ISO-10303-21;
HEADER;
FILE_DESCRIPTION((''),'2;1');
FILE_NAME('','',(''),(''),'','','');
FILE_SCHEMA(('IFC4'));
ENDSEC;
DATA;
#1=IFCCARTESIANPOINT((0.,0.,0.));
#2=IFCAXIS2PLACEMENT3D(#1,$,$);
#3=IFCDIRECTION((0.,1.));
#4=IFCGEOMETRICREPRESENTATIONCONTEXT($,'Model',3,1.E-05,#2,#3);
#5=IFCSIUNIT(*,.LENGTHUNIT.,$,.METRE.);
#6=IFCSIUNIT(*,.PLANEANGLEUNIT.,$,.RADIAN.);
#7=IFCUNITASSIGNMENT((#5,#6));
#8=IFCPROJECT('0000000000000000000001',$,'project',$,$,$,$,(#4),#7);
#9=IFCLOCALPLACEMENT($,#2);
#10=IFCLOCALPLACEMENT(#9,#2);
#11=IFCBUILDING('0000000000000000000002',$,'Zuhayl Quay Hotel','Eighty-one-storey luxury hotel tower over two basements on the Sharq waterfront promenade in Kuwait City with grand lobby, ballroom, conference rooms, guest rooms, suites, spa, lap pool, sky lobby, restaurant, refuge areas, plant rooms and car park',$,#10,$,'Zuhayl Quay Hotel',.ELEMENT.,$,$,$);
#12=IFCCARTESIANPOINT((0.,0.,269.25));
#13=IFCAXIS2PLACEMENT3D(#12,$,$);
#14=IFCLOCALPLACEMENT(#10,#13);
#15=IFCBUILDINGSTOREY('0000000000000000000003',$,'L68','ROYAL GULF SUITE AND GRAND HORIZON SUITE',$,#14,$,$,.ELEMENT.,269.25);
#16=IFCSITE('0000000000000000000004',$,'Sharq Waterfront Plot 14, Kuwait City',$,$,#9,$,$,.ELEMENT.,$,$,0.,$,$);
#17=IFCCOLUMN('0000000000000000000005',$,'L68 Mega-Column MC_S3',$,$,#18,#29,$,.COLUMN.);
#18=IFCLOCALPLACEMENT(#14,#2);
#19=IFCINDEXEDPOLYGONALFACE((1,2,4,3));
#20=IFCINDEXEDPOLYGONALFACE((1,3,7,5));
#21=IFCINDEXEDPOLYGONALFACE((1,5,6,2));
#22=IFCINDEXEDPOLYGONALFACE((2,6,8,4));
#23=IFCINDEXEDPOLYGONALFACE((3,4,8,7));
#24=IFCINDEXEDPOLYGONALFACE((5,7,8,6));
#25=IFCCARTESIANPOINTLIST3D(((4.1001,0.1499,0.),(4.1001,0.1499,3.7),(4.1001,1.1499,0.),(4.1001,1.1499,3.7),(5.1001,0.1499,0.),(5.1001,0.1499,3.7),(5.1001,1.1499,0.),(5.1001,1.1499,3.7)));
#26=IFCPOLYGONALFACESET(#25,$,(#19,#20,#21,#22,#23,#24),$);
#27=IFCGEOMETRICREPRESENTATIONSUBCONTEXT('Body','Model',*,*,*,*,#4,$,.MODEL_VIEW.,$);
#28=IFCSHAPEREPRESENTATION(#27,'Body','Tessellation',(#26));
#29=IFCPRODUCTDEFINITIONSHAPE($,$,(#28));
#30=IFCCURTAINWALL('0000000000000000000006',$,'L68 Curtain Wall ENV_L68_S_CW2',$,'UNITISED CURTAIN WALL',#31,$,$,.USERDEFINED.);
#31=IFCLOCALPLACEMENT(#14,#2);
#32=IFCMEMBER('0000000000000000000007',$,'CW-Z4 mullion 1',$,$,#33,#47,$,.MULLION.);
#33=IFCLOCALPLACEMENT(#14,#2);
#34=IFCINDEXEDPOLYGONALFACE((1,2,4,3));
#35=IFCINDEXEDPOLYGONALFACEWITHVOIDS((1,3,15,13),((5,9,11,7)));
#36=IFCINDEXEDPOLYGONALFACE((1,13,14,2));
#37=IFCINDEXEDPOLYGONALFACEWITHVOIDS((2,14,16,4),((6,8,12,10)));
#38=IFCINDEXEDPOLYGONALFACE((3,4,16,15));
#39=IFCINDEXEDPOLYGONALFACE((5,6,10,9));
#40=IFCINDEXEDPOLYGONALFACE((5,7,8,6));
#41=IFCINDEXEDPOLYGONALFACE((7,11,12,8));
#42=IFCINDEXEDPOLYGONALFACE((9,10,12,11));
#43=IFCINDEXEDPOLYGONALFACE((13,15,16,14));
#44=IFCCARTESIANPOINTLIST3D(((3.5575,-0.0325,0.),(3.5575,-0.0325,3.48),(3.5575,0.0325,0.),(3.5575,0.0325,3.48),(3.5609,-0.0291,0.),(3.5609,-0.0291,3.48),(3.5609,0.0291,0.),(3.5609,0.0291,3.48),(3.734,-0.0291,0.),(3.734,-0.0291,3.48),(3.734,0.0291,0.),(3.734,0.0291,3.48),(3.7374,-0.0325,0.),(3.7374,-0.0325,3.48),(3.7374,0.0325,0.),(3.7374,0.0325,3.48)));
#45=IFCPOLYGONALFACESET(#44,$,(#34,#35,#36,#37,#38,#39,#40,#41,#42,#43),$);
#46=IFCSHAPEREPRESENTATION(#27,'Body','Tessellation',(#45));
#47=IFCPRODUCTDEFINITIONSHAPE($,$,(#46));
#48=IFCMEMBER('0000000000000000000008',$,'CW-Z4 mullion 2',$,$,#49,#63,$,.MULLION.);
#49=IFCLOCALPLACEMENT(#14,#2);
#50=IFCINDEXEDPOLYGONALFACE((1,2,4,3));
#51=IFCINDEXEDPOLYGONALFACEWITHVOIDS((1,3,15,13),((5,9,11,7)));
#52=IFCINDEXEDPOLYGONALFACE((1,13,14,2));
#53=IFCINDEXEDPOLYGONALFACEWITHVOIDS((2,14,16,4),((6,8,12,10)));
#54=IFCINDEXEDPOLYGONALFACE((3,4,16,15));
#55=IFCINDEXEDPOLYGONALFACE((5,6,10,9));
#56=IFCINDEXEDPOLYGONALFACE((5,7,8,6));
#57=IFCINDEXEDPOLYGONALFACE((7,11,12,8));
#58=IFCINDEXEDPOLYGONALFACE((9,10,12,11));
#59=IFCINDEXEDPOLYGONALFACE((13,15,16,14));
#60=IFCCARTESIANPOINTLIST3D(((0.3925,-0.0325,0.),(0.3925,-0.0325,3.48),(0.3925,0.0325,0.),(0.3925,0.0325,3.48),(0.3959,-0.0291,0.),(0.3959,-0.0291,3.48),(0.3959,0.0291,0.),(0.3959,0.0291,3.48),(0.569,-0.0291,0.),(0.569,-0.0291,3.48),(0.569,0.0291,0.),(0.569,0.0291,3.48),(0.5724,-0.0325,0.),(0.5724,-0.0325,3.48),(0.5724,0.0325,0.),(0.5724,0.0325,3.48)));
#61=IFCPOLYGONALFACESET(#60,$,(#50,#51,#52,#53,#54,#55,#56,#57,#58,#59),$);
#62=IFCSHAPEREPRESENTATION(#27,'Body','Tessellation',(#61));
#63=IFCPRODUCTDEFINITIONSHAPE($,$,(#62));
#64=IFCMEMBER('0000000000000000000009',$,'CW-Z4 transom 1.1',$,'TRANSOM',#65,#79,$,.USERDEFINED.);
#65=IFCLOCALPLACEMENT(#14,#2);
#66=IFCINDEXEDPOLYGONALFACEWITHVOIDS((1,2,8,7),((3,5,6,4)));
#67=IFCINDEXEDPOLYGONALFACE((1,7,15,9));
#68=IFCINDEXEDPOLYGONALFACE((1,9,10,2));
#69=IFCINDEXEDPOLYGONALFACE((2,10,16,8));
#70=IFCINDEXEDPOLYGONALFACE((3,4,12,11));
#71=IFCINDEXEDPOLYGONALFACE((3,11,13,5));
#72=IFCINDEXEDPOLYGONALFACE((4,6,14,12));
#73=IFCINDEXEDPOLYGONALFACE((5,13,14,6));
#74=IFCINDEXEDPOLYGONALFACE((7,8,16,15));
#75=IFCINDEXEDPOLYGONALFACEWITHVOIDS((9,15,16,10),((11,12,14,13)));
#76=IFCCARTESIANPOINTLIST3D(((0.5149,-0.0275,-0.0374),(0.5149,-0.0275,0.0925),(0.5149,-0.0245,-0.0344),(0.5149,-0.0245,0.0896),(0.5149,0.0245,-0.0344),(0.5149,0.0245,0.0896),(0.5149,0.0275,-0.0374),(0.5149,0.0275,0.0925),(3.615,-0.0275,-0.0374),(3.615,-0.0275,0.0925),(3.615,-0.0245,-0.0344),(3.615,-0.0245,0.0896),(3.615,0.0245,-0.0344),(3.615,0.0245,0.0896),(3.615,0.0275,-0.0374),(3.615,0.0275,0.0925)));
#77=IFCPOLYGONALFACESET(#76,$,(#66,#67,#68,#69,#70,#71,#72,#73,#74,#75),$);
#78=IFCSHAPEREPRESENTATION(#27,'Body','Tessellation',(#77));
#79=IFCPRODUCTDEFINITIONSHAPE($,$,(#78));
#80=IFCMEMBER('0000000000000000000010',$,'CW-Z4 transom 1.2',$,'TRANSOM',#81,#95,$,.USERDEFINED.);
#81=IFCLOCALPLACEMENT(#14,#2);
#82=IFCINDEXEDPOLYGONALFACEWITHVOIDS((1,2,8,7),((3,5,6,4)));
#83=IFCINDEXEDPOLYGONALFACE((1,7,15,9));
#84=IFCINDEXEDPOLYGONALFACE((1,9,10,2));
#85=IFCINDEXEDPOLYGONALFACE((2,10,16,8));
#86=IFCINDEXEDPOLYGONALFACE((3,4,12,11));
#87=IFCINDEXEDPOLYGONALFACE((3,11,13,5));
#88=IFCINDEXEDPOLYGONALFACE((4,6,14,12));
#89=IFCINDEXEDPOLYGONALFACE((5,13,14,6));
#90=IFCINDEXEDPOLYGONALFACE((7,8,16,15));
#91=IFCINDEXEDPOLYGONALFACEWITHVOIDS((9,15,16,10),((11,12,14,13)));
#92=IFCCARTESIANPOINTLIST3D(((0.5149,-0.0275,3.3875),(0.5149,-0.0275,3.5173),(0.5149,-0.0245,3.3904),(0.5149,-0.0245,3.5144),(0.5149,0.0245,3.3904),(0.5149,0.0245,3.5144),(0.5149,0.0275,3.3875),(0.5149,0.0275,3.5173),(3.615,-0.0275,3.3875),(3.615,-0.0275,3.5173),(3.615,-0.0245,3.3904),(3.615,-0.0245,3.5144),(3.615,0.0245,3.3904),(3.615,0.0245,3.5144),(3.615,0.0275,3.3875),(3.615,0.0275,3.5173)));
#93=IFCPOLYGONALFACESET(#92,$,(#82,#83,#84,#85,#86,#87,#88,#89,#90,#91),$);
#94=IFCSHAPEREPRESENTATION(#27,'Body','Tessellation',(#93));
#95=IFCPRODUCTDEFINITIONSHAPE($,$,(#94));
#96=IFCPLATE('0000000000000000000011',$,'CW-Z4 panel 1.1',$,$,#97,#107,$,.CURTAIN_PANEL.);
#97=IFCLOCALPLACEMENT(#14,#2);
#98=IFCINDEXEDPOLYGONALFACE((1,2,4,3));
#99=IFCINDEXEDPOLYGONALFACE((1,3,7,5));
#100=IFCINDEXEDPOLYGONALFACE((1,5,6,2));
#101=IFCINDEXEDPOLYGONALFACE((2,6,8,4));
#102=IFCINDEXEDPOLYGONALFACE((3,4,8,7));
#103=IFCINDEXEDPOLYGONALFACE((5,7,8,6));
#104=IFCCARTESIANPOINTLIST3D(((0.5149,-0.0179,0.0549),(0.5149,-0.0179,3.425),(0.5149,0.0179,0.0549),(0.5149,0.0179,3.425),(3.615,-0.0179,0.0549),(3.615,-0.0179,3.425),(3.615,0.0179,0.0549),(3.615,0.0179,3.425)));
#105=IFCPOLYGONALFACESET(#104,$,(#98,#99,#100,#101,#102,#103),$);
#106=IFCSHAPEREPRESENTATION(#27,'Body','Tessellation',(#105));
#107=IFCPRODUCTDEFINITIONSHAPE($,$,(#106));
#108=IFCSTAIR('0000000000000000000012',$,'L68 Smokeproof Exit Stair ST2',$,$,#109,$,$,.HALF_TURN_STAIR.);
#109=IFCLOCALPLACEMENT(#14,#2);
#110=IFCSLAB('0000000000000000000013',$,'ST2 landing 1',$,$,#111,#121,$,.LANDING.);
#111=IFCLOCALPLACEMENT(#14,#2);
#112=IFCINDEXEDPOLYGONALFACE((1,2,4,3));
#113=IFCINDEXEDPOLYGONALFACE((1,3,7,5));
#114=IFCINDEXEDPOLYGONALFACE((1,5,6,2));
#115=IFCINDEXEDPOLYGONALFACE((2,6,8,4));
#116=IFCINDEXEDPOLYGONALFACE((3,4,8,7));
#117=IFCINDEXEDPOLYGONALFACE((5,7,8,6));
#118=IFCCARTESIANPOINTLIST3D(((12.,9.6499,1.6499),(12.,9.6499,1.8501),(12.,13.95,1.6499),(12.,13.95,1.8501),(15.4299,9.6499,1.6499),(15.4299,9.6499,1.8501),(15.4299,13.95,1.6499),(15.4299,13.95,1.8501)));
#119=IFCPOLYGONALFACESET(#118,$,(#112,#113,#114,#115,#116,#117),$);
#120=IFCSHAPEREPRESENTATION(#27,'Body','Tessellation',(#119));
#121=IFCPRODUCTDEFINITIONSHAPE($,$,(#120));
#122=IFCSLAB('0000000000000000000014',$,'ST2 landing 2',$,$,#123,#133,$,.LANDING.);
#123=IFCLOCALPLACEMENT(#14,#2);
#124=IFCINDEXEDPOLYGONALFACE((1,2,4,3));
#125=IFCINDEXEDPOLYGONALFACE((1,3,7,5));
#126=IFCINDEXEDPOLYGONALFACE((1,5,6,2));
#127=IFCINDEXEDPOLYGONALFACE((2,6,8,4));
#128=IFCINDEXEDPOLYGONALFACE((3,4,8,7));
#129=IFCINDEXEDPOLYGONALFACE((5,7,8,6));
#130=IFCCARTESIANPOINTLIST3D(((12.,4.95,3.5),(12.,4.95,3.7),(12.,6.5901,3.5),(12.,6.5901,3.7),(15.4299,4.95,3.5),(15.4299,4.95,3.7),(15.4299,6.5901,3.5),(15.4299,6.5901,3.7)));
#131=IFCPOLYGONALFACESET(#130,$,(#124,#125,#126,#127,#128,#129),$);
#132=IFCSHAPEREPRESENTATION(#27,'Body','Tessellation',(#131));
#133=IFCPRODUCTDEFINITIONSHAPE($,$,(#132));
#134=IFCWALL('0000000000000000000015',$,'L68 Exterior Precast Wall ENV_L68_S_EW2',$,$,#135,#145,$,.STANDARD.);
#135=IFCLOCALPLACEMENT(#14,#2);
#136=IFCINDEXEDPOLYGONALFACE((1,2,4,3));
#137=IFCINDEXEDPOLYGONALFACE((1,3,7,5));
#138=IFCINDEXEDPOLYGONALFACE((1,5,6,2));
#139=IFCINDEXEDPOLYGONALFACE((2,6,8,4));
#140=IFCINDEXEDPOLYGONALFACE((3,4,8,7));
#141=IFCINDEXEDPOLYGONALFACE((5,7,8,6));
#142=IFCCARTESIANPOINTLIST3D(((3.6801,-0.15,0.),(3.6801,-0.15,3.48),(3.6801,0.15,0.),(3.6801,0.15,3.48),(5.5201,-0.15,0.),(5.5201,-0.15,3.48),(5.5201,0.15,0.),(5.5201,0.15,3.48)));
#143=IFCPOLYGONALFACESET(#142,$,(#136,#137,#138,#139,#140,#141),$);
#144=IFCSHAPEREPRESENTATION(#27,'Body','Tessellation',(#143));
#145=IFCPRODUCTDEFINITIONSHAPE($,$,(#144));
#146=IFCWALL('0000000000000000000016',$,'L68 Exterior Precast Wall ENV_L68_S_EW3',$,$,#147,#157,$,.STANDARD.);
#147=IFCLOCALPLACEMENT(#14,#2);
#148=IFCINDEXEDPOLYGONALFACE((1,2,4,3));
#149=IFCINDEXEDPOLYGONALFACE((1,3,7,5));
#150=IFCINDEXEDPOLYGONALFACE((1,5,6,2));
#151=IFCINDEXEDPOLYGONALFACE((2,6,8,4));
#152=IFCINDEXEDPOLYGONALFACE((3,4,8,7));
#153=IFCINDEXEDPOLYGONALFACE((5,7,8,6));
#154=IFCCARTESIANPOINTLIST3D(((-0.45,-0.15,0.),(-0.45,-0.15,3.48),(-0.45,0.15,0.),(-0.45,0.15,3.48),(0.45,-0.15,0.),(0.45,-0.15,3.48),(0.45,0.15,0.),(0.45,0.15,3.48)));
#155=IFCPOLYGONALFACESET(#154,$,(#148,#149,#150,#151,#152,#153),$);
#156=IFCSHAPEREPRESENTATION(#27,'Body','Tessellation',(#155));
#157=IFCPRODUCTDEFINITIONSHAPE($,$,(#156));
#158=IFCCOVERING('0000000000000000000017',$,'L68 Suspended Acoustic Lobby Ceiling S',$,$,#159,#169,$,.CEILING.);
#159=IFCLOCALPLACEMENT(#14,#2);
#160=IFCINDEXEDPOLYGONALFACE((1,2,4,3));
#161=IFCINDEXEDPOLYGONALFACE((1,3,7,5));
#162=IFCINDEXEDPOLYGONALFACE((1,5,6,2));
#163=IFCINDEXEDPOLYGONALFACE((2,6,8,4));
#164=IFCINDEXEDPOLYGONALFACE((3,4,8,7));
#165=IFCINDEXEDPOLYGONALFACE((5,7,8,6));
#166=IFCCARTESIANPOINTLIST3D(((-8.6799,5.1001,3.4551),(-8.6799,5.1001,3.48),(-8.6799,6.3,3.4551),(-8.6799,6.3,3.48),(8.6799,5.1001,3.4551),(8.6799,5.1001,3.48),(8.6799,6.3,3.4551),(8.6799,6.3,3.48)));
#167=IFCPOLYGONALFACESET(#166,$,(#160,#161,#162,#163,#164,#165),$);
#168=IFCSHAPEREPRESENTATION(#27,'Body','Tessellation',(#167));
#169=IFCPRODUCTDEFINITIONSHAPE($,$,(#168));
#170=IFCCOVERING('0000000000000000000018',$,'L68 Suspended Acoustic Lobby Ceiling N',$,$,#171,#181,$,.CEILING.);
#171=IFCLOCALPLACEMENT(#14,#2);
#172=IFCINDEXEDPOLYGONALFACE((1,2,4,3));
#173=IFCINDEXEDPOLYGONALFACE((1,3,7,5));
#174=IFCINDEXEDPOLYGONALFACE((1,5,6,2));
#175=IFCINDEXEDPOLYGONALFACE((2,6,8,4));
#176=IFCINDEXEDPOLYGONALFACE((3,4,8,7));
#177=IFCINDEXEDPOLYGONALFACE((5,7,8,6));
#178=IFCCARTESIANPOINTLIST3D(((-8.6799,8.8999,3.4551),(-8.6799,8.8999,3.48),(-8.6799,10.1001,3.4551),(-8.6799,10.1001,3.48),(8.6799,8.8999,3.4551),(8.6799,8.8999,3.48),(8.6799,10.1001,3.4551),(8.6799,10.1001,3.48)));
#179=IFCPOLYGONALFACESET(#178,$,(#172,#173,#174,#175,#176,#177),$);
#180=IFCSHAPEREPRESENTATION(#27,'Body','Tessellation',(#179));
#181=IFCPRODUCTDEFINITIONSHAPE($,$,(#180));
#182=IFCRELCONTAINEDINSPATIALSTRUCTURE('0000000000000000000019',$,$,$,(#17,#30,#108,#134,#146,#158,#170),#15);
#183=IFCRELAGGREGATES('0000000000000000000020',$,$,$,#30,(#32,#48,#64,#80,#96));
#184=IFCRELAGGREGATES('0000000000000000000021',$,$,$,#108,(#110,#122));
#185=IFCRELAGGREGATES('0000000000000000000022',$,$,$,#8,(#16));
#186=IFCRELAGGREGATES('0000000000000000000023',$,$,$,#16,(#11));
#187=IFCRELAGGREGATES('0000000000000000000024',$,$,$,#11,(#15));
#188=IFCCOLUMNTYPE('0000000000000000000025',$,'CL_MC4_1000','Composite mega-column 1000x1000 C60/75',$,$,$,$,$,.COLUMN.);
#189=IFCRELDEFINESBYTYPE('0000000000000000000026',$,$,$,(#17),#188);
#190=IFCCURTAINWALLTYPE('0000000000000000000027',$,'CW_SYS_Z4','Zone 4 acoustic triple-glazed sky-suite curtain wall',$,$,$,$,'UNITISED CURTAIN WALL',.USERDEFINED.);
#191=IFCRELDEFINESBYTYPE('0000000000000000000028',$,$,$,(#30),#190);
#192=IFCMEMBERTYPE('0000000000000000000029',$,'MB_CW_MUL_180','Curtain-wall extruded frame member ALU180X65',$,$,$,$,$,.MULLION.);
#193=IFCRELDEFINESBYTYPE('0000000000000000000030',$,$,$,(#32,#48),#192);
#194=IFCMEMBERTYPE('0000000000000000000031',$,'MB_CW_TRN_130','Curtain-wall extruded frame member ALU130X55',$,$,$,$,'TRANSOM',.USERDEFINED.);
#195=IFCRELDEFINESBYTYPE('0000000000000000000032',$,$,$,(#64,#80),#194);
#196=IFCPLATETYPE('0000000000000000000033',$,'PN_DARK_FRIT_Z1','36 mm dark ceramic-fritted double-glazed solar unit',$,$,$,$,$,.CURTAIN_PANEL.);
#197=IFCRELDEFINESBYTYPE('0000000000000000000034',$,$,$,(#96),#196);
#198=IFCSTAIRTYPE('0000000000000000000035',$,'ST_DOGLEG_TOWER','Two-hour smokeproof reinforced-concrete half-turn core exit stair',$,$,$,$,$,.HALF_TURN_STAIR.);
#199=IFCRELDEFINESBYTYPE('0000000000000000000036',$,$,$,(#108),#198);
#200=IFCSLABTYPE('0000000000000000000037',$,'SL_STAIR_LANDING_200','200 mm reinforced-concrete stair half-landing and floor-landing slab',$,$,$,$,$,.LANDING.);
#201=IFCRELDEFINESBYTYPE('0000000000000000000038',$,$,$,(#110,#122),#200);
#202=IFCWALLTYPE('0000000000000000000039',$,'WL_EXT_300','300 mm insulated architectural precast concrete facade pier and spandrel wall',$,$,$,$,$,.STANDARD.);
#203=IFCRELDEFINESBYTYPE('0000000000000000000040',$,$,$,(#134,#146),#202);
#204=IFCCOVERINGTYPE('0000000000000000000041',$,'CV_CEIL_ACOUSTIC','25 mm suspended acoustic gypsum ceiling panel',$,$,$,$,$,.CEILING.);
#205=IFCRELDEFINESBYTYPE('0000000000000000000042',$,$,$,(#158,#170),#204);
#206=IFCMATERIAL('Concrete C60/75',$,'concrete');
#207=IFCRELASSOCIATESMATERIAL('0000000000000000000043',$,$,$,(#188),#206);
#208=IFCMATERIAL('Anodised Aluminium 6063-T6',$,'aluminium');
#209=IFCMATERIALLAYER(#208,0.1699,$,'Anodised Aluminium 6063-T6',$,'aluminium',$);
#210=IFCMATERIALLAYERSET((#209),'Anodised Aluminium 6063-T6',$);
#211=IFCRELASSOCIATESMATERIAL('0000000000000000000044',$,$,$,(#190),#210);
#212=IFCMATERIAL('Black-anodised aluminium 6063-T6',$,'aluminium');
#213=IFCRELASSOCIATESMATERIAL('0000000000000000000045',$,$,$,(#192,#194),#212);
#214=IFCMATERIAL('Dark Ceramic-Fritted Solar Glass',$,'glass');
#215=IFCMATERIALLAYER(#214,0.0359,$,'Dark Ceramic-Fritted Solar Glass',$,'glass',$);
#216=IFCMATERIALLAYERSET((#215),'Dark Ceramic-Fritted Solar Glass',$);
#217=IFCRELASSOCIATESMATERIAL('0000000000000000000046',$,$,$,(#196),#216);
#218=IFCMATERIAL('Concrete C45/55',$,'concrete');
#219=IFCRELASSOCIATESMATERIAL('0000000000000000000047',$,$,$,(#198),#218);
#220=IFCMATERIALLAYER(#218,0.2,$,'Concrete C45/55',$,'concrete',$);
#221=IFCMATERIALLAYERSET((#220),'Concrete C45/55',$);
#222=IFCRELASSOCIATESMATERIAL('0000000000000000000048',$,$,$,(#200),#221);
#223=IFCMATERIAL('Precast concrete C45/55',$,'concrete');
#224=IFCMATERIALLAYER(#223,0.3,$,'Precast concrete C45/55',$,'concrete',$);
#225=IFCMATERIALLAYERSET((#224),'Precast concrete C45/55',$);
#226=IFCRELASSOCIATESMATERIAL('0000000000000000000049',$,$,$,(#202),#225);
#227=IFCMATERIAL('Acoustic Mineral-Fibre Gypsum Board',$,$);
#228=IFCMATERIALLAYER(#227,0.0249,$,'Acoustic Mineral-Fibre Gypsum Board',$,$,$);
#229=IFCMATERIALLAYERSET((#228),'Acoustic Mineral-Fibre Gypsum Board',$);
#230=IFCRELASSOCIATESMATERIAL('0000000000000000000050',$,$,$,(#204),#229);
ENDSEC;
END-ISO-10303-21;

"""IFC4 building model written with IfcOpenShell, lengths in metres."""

from ifc_helpers import new_model, si_unit, direction, frame, frame_2d, origin, origin_2d, place, context, subcontext, project, spatial, polyline, rectangle, hollow_rectangle, outline, extrude, material, layer, layer_set, material_profile, profile_set, type_object, element, aggregate, save


model = new_model("IFC4")

# Units and contexts
model_context = context("Model", 3, precision=1e-05, world=origin(), true_north=direction((0.0, 1.0)))
body_context = subcontext(model_context, "Body", "Model", "MODEL_VIEW")
ifc_project = project(units=[si_unit("LENGTHUNIT", "METRE"), si_unit("PLANEANGLEUNIT", "RADIAN")], contexts=[model_context])

# Site, building, storey
site_placement = place(None, origin())
site = spatial("IfcSite", under=ifc_project, at=site_placement, Name="Sharq Waterfront Plot 14, Kuwait City", CompositionType="ELEMENT", RefElevation=0.0)
building_placement = place(site_placement, origin())
building = spatial("IfcBuilding", under=site, at=building_placement, Name="Zuhayl Quay Hotel", Description="Eighty-one-storey luxury hotel tower over two basements on the Sharq waterfront promenade in Kuwait City with grand lobby, ballroom, conference rooms, guest rooms, suites, spa, lap pool, sky lobby, restaurant, refuge areas, plant rooms and car park", LongName="Zuhayl Quay Hotel", CompositionType="ELEMENT")
storey_placement = place(building_placement, frame((0.0, 0.0, 269.25)))
storey = spatial("IfcBuildingStorey", under=building, at=storey_placement, Name="L68", Description="ROYAL GULF SUITE AND GRAND HORIZON SUITE", CompositionType="ELEMENT", Elevation=269.25)

# Column
ifc_material_1 = material(Name="Concrete C60/75", Category="concrete")
ifc_material_profile_1 = material_profile(ifc_material_1, rectangle(XDim=1.0, YDim=1.0, at=origin_2d()), Name="RC1000X1000")
ifc_profile_set_1 = profile_set([ifc_material_profile_1], Name="Concrete C60/75")
column_type = type_object("IfcColumnType", Name="CL_MC4_1000", Description="Composite mega-column 1000x1000 C60/75", PredefinedType="COLUMN", material=ifc_profile_set_1)
column_placement = place(storey_placement, frame((4.6001, 0.6499, 0.0), z_axis=(0.0, 0.0, 1.0), x_axis=(1.0, 0.0, 0.0)))
element("IfcColumn", 1, at=column_placement, inside=storey, type_object=column_type, Name="L68 Mega-Column MC_S3", PredefinedType="COLUMN", context=body_context, shape_type="SweptSolid", body=[
    extrude(rectangle(XDim=1.0, YDim=1.0, at=origin_2d()), origin(), (0.0, 0.0, 1.0), 3.7),
])

# Curtain wall, members, plate
ifc_material_2 = material(Name="Anodised Aluminium 6063-T6", Category="aluminium")
ifc_layer_1 = layer(ifc_material_2, 0.1699, Name="Anodised Aluminium 6063-T6", Category="aluminium")
ifc_layer_set_1 = layer_set([ifc_layer_1], Name="Anodised Aluminium 6063-T6")
curtain_wall_type = type_object("IfcCurtainWallType", Name="CW_SYS_Z4", Description="Zone 4 acoustic triple-glazed sky-suite curtain wall", ElementType="UNITISED CURTAIN WALL", PredefinedType="USERDEFINED", material=ifc_layer_set_1)
curtain_wall_placement = place(storey_placement, origin())
curtain_wall = element("IfcCurtainWall", 2, at=curtain_wall_placement, inside=storey, type_object=curtain_wall_type, Name="L68 Curtain Wall ENV_L68_S_CW2", ObjectType="UNITISED CURTAIN WALL", PredefinedType="USERDEFINED")
ifc_material_3 = material(Name="Black-anodised aluminium 6063-T6", Category="aluminium")
ifc_material_profile_2 = material_profile(ifc_material_3, hollow_rectangle(XDim=0.0649, YDim=0.1799, WallThickness=0.0034, at=origin_2d()), Name="ALU180X65")
ifc_profile_set_2 = profile_set([ifc_material_profile_2], Name="Black-anodised aluminium 6063-T6")
member_type_1 = type_object("IfcMemberType", Name="MB_CW_MUL_180", Description="Curtain-wall extruded frame member ALU180X65", PredefinedType="MULLION", material=ifc_profile_set_2)
member_1_placement = place(storey_placement, frame((3.6475, 0.0, 0.0), z_axis=(0.0, 0.0, 1.0), x_axis=(0.0, -1.0, 0.0)))
member_1 = element("IfcMember", 3, at=member_1_placement, type_object=member_type_1, Name="CW-Z4 mullion 1", PredefinedType="MULLION", context=body_context, shape_type="SweptSolid", body=[
    extrude(hollow_rectangle(XDim=0.0649, YDim=0.1799, WallThickness=0.0034, at=origin_2d()), origin(), (0.0, 0.0, 1.0), 3.48),
])
member_2_placement = place(storey_placement, frame((0.4824, 0.0, 0.0), z_axis=(0.0, 0.0, 1.0), x_axis=(0.0, -1.0, 0.0)))
member_2 = element("IfcMember", 4, at=member_2_placement, type_object=member_type_1, Name="CW-Z4 mullion 2", PredefinedType="MULLION", context=body_context, shape_type="SweptSolid", body=[
    extrude(hollow_rectangle(XDim=0.0649, YDim=0.1799, WallThickness=0.0034, at=origin_2d()), origin(), (0.0, 0.0, 1.0), 3.48),
])
ifc_material_profile_3 = material_profile(ifc_material_3, hollow_rectangle(XDim=0.0549, YDim=0.1299, WallThickness=0.0029, at=origin_2d()), Name="ALU130X55")
ifc_profile_set_3 = profile_set([ifc_material_profile_3], Name="Black-anodised aluminium 6063-T6")
member_type_2 = type_object("IfcMemberType", Name="MB_CW_TRN_130", Description="Curtain-wall extruded frame member ALU130X55", ElementType="TRANSOM", PredefinedType="USERDEFINED", material=ifc_profile_set_3)
member_3_placement = place(storey_placement, frame((3.615, 0.0, 0.0276), z_axis=(-1.0, 0.0, 0.0), x_axis=(0.0, -1.0, 0.0)))
member_3 = element("IfcMember", 5, at=member_3_placement, type_object=member_type_2, Name="CW-Z4 transom 1.1", ObjectType="TRANSOM", PredefinedType="USERDEFINED", context=body_context, shape_type="SweptSolid", body=[
    extrude(hollow_rectangle(XDim=0.0549, YDim=0.1299, WallThickness=0.0029, at=origin_2d()), origin(), (0.0, 0.0, 1.0), 3.1001),
])
member_4_placement = place(storey_placement, frame((3.615, 0.0, 3.4524), z_axis=(-1.0, 0.0, 0.0), x_axis=(0.0, -1.0, 0.0)))
member_4 = element("IfcMember", 6, at=member_4_placement, type_object=member_type_2, Name="CW-Z4 transom 1.2", ObjectType="TRANSOM", PredefinedType="USERDEFINED", context=body_context, shape_type="SweptSolid", body=[
    extrude(hollow_rectangle(XDim=0.0549, YDim=0.1299, WallThickness=0.0029, at=origin_2d()), origin(), (0.0, 0.0, 1.0), 3.1001),
])
ifc_material_4 = material(Name="Dark Ceramic-Fritted Solar Glass", Category="glass")
ifc_layer_2 = layer(ifc_material_4, 0.0359, Name="Dark Ceramic-Fritted Solar Glass", Category="glass")
ifc_layer_set_2 = layer_set([ifc_layer_2], Name="Dark Ceramic-Fritted Solar Glass")
plate_type = type_object("IfcPlateType", Name="PN_DARK_FRIT_Z1", Description="36 mm dark ceramic-fritted double-glazed solar unit", PredefinedType="CURTAIN_PANEL", material=ifc_layer_set_2)
plate_placement = place(storey_placement, frame((2.0649, 0.0, 0.0549), z_axis=(0.0, 0.0, 1.0), x_axis=(-1.0, 0.0, 0.0)))
plate = element("IfcPlate", 7, at=plate_placement, type_object=plate_type, Name="CW-Z4 panel 1.1", PredefinedType="CURTAIN_PANEL", context=body_context, shape_type="SweptSolid", body=[
    extrude(rectangle(XDim=3.1001, YDim=0.0359, at=origin_2d()), origin(), (0.0, 0.0, 1.0), 3.3701),
])
aggregate(curtain_wall, [member_1, member_2, member_3, member_4, plate])

# Stair, slabs
ifc_material_5 = material(Name="Concrete C45/55", Category="concrete")
stair_type = type_object("IfcStairType", Name="ST_DOGLEG_TOWER", Description="Two-hour smokeproof reinforced-concrete half-turn core exit stair", PredefinedType="HALF_TURN_STAIR", material=ifc_material_5)
stair_placement = place(storey_placement, origin())
stair = element("IfcStair", 8, at=stair_placement, inside=storey, type_object=stair_type, Name="L68 Smokeproof Exit Stair ST2", PredefinedType="HALF_TURN_STAIR")
ifc_layer_3 = layer(ifc_material_5, 0.2, Name="Concrete C45/55", Category="concrete")
ifc_layer_set_3 = layer_set([ifc_layer_3], Name="Concrete C45/55")
slab_type = type_object("IfcSlabType", Name="SL_STAIR_LANDING_200", Description="200 mm reinforced-concrete stair half-landing and floor-landing slab", PredefinedType="LANDING", material=ifc_layer_set_3)
slab_1_placement = place(storey_placement, frame((0.0, 0.0, 1.6499)))
slab_1 = element("IfcSlab", 9, at=slab_1_placement, type_object=slab_type, Name="ST2 landing 1", PredefinedType="LANDING", context=body_context, shape_type="SweptSolid", body=[
    extrude(outline(polyline([(15.4299, 9.6499), (15.4299, 13.95), (12.0, 13.95), (12.0, 9.6499), (15.4299, 9.6499)])), origin(), (0.0, 0.0, 1.0), 0.2002),
])
slab_2_placement = place(storey_placement, frame((0.0, 0.0, 3.5)))
slab_2 = element("IfcSlab", 10, at=slab_2_placement, type_object=slab_type, Name="ST2 landing 2", PredefinedType="LANDING", context=body_context, shape_type="SweptSolid", body=[
    extrude(outline(polyline([(15.4299, 4.95), (15.4299, 6.5901), (12.0, 6.5901), (12.0, 4.95), (15.4299, 4.95)])), origin(), (0.0, 0.0, 1.0), 0.2),
])
aggregate(stair, [slab_1, slab_2])

# Walls
ifc_material_6 = material(Name="Precast concrete C45/55", Category="concrete")
ifc_layer_4 = layer(ifc_material_6, 0.3, Name="Precast concrete C45/55", Category="concrete")
ifc_layer_set_4 = layer_set([ifc_layer_4], Name="Precast concrete C45/55")
wall_type = type_object("IfcWallType", Name="WL_EXT_300", Description="300 mm insulated architectural precast concrete facade pier and spandrel wall", PredefinedType="STANDARD", material=ifc_layer_set_4)
wall_1_placement = place(storey_placement, frame((5.52, 0.0, 0.0), z_axis=(0.0, 0.0, 1.0), x_axis=(-1.0, 0.0, 0.0)))
element("IfcWall", 11, at=wall_1_placement, inside=storey, type_object=wall_type, Name="L68 Exterior Precast Wall ENV_L68_S_EW2", PredefinedType="STANDARD", context=body_context, shape_type="SweptSolid", body=[
    extrude(rectangle(XDim=1.8401, YDim=0.3, at=frame_2d((0.9199, 0.0))), origin(), (0.0, 0.0, 1.0), 3.48),
])
wall_2_placement = place(storey_placement, frame((0.45, 0.0, 0.0), z_axis=(0.0, 0.0, 1.0), x_axis=(-1.0, 0.0, 0.0)))
element("IfcWall", 12, at=wall_2_placement, inside=storey, type_object=wall_type, Name="L68 Exterior Precast Wall ENV_L68_S_EW3", PredefinedType="STANDARD", context=body_context, shape_type="SweptSolid", body=[
    extrude(rectangle(XDim=0.8999, YDim=0.3, at=frame_2d((0.45, 0.0))), origin(), (0.0, 0.0, 1.0), 3.48),
])

# Coverings
ifc_material_7 = material(Name="Acoustic Mineral-Fibre Gypsum Board")
ifc_layer_5 = layer(ifc_material_7, 0.0249, Name="Acoustic Mineral-Fibre Gypsum Board")
ifc_layer_set_5 = layer_set([ifc_layer_5], Name="Acoustic Mineral-Fibre Gypsum Board")
covering_type_1 = type_object("IfcCoveringType", Name="CV_CEIL_ACOUSTIC", Description="25 mm suspended acoustic gypsum ceiling panel", PredefinedType="CEILING", material=ifc_layer_set_5)
covering_1_placement = place(storey_placement, frame((0.0, 0.0, 3.4551)))
element("IfcCovering", 13, at=covering_1_placement, inside=storey, type_object=covering_type_1, Name="L68 Suspended Acoustic Lobby Ceiling S", PredefinedType="CEILING", context=body_context, shape_type="SweptSolid", body=[
    extrude(outline(polyline([(-8.6799, 5.1001), (8.6799, 5.1001), (8.6799, 6.3), (-8.6799, 6.3), (-8.6799, 5.1001)])), origin(), (0.0, 0.0, 1.0), 0.0249),
])
covering_2_placement = place(storey_placement, frame((0.0, 0.0, 3.4551)))
element("IfcCovering", 14, at=covering_2_placement, inside=storey, type_object=covering_type_1, Name="L68 Suspended Acoustic Lobby Ceiling N", PredefinedType="CEILING", context=body_context, shape_type="SweptSolid", body=[
    extrude(outline(polyline([(-8.6799, 8.8999), (8.6799, 8.8999), (8.6799, 10.1001), (-8.6799, 10.1001), (-8.6799, 8.8999)])), origin(), (0.0, 0.0, 1.0), 0.0249),
])

save(model, "model.ifc")
